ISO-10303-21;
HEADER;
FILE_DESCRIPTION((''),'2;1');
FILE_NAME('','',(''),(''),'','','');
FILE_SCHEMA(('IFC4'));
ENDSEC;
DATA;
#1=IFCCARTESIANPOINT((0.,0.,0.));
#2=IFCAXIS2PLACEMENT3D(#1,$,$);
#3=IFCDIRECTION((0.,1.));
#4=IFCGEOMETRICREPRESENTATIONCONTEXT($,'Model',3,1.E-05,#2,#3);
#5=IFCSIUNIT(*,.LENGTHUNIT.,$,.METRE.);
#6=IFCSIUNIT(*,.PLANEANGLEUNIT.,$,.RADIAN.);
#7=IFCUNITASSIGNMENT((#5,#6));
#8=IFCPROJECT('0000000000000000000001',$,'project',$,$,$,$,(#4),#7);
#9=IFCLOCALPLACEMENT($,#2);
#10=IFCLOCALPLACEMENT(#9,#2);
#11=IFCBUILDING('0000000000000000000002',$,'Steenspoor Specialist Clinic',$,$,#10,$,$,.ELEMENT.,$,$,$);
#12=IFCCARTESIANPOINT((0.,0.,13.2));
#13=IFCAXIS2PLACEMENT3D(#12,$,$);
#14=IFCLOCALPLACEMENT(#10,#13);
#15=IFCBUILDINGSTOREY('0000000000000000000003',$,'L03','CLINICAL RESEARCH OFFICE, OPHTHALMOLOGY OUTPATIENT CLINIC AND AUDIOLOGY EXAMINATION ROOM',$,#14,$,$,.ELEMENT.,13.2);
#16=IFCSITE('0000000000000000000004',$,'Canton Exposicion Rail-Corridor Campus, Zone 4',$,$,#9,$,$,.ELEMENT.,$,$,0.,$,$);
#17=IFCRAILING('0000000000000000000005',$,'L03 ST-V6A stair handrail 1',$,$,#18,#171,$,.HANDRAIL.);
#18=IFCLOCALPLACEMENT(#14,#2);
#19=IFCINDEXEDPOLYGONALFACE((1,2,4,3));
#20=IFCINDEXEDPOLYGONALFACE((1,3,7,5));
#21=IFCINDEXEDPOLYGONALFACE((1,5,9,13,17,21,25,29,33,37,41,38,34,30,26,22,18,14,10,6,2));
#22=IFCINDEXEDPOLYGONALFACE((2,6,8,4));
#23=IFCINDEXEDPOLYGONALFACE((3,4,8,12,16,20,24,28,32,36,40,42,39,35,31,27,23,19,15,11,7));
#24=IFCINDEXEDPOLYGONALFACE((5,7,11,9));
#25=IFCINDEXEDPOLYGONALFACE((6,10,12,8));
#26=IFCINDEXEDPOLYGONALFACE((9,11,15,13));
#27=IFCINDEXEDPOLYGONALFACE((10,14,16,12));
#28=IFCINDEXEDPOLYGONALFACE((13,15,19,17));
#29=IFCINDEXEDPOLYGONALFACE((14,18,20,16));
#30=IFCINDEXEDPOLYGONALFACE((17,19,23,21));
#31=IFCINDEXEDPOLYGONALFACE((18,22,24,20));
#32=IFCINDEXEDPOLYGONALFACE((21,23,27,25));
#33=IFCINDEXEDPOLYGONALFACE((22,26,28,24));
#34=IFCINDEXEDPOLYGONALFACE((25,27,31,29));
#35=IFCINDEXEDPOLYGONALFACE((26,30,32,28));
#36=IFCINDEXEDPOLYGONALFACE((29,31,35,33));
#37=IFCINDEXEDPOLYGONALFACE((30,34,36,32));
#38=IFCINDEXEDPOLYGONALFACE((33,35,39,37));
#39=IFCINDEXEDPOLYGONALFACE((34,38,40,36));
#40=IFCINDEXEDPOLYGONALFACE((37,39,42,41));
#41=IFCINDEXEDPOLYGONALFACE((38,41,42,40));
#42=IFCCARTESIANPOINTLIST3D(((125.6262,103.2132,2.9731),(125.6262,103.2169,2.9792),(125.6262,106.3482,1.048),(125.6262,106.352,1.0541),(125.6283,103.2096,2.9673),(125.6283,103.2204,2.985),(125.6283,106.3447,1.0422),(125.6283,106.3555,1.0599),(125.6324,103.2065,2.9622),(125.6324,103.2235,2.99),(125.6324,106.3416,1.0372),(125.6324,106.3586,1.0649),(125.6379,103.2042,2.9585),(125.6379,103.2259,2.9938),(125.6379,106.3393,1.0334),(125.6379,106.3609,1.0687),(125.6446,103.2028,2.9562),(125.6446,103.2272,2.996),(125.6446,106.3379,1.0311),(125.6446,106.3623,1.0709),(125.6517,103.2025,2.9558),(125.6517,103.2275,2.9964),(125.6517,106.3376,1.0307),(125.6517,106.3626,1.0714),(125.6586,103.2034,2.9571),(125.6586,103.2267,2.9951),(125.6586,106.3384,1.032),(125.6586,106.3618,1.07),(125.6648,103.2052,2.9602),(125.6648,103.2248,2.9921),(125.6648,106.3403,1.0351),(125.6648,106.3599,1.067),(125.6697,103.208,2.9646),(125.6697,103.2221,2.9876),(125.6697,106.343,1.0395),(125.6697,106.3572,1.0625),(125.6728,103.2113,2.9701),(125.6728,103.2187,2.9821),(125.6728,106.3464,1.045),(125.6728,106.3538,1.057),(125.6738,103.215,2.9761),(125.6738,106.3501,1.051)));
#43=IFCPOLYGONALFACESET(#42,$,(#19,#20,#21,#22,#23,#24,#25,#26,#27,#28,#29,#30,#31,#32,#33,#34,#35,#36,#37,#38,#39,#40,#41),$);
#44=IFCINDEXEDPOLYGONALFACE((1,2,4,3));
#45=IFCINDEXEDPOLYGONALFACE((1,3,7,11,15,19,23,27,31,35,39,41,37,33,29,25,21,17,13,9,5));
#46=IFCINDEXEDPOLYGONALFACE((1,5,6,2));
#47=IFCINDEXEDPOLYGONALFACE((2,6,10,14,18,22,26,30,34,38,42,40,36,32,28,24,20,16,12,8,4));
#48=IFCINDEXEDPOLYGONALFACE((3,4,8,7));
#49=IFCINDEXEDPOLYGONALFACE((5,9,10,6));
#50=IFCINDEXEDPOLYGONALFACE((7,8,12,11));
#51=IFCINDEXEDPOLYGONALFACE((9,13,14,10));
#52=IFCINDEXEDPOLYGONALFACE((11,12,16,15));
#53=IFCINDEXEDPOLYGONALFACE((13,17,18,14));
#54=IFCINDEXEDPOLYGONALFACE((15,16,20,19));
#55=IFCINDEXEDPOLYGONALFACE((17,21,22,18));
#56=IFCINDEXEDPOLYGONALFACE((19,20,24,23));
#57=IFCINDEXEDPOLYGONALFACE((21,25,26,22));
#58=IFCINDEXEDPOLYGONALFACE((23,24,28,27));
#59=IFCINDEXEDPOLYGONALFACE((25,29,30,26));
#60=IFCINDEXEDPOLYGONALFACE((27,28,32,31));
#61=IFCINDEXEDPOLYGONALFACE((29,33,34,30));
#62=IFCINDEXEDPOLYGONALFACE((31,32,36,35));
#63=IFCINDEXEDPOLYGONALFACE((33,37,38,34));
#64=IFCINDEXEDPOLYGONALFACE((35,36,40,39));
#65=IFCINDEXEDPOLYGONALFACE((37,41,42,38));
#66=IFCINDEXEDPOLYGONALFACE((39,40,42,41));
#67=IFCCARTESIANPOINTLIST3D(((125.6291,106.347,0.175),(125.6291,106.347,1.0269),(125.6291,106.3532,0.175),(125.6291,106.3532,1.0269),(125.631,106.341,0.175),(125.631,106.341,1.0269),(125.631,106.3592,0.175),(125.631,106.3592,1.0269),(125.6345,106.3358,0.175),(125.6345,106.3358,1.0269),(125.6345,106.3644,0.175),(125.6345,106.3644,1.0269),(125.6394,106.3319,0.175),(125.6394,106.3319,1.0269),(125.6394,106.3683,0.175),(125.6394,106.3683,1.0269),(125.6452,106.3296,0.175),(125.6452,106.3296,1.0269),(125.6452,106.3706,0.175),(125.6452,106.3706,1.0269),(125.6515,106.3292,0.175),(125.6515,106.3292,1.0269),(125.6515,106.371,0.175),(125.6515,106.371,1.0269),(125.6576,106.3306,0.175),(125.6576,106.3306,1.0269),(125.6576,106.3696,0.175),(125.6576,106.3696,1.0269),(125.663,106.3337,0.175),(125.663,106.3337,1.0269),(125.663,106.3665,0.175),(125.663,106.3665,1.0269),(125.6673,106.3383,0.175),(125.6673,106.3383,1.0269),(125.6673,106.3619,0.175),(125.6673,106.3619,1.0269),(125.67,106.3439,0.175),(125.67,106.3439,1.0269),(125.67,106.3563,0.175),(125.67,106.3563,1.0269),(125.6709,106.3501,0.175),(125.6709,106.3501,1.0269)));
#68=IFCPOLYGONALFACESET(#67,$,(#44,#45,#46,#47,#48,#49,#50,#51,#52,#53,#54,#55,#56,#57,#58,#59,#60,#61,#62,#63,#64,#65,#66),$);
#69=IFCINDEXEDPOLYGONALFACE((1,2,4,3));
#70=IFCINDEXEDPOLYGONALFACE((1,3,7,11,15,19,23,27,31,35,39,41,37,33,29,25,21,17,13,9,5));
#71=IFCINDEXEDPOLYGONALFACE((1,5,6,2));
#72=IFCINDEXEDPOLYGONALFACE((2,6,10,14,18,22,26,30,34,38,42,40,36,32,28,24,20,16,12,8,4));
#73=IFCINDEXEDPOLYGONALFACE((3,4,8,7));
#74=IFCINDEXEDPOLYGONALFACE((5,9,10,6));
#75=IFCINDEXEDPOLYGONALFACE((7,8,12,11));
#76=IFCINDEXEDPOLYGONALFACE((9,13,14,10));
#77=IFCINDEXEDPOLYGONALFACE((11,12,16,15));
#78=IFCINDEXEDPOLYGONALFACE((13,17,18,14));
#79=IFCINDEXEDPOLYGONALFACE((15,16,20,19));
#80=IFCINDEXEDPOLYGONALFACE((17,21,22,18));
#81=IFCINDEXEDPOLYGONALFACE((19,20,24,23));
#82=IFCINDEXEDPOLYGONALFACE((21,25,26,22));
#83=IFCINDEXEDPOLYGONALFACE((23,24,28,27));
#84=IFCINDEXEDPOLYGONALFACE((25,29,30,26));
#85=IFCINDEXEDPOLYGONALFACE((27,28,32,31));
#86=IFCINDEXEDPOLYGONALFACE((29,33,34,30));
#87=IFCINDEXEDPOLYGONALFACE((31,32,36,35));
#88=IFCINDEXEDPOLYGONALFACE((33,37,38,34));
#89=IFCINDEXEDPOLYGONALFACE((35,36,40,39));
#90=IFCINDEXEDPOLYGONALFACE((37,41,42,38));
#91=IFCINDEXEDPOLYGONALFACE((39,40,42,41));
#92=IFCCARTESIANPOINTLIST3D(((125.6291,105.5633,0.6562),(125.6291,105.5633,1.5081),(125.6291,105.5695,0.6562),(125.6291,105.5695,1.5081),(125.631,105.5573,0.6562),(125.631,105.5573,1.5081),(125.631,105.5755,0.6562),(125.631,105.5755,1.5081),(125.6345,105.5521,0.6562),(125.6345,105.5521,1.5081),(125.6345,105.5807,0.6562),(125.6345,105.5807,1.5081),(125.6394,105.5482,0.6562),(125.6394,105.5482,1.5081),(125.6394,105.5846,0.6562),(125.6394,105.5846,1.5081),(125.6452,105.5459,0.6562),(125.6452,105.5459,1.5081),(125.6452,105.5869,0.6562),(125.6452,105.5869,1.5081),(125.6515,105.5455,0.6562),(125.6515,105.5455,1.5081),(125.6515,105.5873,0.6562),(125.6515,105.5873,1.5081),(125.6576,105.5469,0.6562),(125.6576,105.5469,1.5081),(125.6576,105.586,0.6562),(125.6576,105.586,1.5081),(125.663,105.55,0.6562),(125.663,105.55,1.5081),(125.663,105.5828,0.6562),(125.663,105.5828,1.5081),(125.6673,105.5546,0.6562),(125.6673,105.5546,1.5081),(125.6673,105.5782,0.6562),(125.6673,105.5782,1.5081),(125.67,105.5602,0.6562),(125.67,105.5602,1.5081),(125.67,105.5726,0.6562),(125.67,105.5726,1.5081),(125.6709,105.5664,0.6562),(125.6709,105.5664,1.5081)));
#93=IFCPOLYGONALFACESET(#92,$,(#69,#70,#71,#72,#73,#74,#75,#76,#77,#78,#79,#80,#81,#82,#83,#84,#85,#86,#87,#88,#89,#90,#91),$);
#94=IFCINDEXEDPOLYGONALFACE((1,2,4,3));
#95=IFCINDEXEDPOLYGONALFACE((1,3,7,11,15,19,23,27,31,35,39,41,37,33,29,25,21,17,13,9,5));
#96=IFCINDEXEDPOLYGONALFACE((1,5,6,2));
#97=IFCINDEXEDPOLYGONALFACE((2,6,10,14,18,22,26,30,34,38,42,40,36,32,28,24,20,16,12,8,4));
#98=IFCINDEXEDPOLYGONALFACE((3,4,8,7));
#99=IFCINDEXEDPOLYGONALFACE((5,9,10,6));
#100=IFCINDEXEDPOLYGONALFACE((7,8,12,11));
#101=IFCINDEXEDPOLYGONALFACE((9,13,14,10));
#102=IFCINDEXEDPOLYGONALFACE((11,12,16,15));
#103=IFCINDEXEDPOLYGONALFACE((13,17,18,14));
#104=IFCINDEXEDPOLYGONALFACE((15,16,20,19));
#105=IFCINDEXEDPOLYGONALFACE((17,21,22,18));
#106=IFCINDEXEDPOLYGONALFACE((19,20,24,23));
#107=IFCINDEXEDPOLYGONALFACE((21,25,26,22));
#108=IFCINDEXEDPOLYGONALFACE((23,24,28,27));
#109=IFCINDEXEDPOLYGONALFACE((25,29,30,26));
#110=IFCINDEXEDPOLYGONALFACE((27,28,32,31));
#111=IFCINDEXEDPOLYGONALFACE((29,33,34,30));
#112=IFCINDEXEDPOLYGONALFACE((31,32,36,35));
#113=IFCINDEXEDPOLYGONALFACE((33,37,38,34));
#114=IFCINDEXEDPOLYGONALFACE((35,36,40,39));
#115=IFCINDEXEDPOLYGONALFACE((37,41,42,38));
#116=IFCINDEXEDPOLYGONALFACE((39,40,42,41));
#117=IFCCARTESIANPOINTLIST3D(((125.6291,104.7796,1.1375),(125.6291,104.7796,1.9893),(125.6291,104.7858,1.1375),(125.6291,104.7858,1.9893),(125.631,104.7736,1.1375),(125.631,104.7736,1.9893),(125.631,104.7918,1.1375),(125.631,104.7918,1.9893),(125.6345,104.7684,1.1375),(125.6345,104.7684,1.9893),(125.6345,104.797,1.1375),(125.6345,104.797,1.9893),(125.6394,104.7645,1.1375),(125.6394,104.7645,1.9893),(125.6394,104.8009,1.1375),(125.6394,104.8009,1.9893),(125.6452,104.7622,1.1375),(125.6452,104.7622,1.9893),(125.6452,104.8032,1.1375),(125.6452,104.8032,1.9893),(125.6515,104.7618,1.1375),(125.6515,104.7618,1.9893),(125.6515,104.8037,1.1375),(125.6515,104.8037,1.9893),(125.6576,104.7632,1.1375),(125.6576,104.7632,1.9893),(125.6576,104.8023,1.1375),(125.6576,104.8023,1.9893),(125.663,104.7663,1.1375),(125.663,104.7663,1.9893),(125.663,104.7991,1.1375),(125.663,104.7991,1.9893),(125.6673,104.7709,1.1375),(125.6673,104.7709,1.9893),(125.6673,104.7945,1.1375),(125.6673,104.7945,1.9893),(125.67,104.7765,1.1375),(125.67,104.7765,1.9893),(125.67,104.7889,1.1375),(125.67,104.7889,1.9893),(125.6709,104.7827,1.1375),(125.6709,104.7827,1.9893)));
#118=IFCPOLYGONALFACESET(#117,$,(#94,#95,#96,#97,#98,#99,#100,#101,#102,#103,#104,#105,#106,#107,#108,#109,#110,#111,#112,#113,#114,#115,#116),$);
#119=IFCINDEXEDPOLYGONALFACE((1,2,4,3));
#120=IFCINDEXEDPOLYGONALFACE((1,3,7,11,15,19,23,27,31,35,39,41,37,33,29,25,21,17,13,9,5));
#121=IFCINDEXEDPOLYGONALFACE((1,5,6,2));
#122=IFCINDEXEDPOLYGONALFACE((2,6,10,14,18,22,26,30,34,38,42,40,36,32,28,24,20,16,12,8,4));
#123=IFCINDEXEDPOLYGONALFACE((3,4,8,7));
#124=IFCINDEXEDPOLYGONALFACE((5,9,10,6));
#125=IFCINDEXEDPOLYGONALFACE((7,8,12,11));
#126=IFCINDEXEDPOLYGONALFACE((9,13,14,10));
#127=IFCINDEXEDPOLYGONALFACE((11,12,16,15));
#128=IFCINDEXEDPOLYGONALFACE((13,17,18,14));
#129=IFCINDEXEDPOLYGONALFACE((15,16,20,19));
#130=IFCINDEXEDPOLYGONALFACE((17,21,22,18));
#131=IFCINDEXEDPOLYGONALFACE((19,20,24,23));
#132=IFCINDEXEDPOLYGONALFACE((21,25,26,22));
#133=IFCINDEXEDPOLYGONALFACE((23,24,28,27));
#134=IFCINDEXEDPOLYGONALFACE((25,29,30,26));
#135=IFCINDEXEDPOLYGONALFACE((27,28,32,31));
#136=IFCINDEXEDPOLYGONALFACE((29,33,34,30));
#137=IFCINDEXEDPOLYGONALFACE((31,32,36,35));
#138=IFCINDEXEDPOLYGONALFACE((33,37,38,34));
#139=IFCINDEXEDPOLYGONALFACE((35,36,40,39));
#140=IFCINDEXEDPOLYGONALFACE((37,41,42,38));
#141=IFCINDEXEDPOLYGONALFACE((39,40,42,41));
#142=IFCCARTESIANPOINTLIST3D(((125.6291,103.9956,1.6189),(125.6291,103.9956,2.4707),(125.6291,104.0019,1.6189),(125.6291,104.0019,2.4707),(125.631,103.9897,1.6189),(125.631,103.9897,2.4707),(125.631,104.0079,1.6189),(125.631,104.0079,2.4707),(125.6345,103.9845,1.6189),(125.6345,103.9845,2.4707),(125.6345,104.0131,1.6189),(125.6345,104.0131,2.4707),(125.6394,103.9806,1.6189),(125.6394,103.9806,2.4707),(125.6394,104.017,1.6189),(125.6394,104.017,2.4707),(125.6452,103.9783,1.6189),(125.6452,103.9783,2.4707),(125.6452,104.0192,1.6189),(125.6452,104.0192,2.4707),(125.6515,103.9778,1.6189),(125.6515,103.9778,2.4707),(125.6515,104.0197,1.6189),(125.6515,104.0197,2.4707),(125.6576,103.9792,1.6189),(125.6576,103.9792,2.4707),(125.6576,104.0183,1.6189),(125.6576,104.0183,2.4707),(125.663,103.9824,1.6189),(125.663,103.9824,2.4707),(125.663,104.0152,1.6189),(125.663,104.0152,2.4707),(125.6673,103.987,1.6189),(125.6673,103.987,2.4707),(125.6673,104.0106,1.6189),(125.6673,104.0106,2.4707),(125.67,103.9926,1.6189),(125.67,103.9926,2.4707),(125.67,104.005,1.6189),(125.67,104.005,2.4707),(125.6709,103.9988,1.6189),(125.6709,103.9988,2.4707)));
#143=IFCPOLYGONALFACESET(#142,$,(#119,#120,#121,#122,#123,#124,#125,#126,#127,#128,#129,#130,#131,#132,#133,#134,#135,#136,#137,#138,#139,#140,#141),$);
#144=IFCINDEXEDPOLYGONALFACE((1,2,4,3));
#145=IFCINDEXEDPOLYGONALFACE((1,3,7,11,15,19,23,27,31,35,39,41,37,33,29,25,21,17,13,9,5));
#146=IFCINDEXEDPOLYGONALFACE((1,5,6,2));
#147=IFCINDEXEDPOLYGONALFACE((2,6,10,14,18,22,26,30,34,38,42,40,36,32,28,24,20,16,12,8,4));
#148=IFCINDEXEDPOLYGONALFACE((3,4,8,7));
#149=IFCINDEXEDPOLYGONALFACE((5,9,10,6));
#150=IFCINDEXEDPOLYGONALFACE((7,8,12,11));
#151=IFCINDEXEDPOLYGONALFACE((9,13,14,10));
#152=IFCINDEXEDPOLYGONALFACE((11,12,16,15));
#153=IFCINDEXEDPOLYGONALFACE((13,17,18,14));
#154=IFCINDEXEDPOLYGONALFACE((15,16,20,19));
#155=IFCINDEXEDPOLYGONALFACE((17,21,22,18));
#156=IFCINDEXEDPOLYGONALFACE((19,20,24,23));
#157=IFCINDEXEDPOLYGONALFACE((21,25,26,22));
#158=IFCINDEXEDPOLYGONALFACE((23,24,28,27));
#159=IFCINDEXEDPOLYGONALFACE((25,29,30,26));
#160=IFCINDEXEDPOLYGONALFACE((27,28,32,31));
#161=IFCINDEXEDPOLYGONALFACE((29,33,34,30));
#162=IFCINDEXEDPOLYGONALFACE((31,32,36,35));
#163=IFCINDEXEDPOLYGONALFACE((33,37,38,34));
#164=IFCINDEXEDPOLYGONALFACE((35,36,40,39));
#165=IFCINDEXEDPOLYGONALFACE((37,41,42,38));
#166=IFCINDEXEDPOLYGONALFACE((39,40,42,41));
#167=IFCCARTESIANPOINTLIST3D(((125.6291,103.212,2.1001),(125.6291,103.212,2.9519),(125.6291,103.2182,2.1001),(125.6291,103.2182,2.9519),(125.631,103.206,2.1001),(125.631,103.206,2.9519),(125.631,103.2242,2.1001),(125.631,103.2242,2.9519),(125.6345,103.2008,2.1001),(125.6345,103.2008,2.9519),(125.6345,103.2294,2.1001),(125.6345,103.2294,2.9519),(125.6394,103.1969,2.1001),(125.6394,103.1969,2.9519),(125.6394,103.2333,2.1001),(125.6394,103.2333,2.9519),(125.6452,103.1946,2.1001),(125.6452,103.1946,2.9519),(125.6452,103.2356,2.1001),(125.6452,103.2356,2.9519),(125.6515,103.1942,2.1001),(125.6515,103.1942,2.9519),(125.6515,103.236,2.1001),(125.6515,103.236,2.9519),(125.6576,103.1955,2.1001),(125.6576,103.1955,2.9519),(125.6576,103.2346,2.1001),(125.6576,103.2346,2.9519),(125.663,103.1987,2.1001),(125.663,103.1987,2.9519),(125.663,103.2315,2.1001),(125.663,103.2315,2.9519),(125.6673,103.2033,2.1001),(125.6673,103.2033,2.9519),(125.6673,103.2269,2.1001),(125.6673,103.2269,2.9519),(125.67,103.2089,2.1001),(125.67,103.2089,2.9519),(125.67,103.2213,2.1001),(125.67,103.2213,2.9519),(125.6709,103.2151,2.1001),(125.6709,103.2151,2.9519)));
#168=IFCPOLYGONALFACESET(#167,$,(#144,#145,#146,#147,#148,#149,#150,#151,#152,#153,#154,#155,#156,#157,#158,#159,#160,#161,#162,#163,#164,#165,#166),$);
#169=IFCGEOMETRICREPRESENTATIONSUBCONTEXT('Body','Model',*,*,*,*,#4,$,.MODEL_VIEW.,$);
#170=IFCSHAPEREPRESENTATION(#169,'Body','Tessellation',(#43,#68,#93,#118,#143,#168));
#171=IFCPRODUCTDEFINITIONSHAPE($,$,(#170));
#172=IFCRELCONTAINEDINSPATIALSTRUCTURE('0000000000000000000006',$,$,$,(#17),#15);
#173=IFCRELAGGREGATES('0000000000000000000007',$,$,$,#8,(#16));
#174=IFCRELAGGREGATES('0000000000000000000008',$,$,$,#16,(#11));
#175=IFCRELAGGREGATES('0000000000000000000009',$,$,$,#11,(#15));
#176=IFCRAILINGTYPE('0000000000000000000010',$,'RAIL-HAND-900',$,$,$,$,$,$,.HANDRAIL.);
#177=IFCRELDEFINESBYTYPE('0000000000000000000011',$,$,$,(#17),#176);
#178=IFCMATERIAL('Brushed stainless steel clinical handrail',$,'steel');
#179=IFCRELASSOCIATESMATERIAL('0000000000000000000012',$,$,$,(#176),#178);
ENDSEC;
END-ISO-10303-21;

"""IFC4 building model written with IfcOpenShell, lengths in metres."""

from ifc_helpers import new_model, si_unit, direction, frame, origin, origin_2d, place, context, subcontext, project, spatial, circle, extrude, material, type_object, element, save


model = new_model("IFC4")

# Units and contexts
model_context = context("Model", 3, precision=1e-05, world=origin(), true_north=direction((0.0, 1.0)))
body_context = subcontext(model_context, "Body", "Model", "MODEL_VIEW")
ifc_project = project(units=[si_unit("LENGTHUNIT", "METRE"), si_unit("PLANEANGLEUNIT", "RADIAN")], contexts=[model_context])

# Site, building, storey
site_placement = place(None, origin())
site = spatial("IfcSite", under=ifc_project, at=site_placement, Name="Canton Exposicion Rail-Corridor Campus, Zone 4", CompositionType="ELEMENT", RefElevation=0.0)
building_placement = place(site_placement, origin())
building = spatial("IfcBuilding", under=site, at=building_placement, Name="Steenspoor Specialist Clinic", CompositionType="ELEMENT")
storey_placement = place(building_placement, frame((0.0, 0.0, 13.2)))
storey = spatial("IfcBuildingStorey", under=building, at=storey_placement, Name="L03", Description="CLINICAL RESEARCH OFFICE, OPHTHALMOLOGY OUTPATIENT CLINIC AND AUDIOLOGY EXAMINATION ROOM", CompositionType="ELEMENT", Elevation=13.2)

# Railing
ifc_material_1 = material(Name="Brushed stainless steel clinical handrail", Category="steel")
railing_type_1 = type_object("IfcRailingType", Name="RAIL-HAND-900", PredefinedType="HANDRAIL", material=ifc_material_1)
railing_1_placement = place(storey_placement, frame((125.6499, 106.3501, 0.175)))
element("IfcRailing", 1, at=railing_1_placement, inside=storey, type_object=railing_type_1, Name="L03 ST-V6A stair handrail 1", PredefinedType="HANDRAIL", context=body_context, shape_type="SweptSolid", body=[
    extrude(circle(Radius=0.0239, at=origin_2d()), frame((0.0, 0.0, 0.876), z_axis=(0.0, -0.852166, 0.523271), x_axis=(1.0, 0.0, 0.0)), (0.0, 0.0, 1.0), 3.679),
    extrude(circle(Radius=0.021, at=origin_2d()), origin(), (0.0, 0.0, 1.0), 0.8518),
    extrude(circle(Radius=0.021, at=origin_2d()), frame((0.0, -0.7837, 0.4812)), (0.0, 0.0, 1.0), 0.8518),
    extrude(circle(Radius=0.021, at=origin_2d()), frame((0.0, -1.5674, 0.9624)), (0.0, 0.0, 1.0), 0.8518),
    extrude(circle(Radius=0.021, at=origin_2d()), frame((0.0, -2.3513, 1.4438)), (0.0, 0.0, 1.0), 0.8518),
    extrude(circle(Radius=0.021, at=origin_2d()), frame((0.0, -3.135, 1.925)), (0.0, 0.0, 1.0), 0.8518),
])

save(model, "model.ifc")
